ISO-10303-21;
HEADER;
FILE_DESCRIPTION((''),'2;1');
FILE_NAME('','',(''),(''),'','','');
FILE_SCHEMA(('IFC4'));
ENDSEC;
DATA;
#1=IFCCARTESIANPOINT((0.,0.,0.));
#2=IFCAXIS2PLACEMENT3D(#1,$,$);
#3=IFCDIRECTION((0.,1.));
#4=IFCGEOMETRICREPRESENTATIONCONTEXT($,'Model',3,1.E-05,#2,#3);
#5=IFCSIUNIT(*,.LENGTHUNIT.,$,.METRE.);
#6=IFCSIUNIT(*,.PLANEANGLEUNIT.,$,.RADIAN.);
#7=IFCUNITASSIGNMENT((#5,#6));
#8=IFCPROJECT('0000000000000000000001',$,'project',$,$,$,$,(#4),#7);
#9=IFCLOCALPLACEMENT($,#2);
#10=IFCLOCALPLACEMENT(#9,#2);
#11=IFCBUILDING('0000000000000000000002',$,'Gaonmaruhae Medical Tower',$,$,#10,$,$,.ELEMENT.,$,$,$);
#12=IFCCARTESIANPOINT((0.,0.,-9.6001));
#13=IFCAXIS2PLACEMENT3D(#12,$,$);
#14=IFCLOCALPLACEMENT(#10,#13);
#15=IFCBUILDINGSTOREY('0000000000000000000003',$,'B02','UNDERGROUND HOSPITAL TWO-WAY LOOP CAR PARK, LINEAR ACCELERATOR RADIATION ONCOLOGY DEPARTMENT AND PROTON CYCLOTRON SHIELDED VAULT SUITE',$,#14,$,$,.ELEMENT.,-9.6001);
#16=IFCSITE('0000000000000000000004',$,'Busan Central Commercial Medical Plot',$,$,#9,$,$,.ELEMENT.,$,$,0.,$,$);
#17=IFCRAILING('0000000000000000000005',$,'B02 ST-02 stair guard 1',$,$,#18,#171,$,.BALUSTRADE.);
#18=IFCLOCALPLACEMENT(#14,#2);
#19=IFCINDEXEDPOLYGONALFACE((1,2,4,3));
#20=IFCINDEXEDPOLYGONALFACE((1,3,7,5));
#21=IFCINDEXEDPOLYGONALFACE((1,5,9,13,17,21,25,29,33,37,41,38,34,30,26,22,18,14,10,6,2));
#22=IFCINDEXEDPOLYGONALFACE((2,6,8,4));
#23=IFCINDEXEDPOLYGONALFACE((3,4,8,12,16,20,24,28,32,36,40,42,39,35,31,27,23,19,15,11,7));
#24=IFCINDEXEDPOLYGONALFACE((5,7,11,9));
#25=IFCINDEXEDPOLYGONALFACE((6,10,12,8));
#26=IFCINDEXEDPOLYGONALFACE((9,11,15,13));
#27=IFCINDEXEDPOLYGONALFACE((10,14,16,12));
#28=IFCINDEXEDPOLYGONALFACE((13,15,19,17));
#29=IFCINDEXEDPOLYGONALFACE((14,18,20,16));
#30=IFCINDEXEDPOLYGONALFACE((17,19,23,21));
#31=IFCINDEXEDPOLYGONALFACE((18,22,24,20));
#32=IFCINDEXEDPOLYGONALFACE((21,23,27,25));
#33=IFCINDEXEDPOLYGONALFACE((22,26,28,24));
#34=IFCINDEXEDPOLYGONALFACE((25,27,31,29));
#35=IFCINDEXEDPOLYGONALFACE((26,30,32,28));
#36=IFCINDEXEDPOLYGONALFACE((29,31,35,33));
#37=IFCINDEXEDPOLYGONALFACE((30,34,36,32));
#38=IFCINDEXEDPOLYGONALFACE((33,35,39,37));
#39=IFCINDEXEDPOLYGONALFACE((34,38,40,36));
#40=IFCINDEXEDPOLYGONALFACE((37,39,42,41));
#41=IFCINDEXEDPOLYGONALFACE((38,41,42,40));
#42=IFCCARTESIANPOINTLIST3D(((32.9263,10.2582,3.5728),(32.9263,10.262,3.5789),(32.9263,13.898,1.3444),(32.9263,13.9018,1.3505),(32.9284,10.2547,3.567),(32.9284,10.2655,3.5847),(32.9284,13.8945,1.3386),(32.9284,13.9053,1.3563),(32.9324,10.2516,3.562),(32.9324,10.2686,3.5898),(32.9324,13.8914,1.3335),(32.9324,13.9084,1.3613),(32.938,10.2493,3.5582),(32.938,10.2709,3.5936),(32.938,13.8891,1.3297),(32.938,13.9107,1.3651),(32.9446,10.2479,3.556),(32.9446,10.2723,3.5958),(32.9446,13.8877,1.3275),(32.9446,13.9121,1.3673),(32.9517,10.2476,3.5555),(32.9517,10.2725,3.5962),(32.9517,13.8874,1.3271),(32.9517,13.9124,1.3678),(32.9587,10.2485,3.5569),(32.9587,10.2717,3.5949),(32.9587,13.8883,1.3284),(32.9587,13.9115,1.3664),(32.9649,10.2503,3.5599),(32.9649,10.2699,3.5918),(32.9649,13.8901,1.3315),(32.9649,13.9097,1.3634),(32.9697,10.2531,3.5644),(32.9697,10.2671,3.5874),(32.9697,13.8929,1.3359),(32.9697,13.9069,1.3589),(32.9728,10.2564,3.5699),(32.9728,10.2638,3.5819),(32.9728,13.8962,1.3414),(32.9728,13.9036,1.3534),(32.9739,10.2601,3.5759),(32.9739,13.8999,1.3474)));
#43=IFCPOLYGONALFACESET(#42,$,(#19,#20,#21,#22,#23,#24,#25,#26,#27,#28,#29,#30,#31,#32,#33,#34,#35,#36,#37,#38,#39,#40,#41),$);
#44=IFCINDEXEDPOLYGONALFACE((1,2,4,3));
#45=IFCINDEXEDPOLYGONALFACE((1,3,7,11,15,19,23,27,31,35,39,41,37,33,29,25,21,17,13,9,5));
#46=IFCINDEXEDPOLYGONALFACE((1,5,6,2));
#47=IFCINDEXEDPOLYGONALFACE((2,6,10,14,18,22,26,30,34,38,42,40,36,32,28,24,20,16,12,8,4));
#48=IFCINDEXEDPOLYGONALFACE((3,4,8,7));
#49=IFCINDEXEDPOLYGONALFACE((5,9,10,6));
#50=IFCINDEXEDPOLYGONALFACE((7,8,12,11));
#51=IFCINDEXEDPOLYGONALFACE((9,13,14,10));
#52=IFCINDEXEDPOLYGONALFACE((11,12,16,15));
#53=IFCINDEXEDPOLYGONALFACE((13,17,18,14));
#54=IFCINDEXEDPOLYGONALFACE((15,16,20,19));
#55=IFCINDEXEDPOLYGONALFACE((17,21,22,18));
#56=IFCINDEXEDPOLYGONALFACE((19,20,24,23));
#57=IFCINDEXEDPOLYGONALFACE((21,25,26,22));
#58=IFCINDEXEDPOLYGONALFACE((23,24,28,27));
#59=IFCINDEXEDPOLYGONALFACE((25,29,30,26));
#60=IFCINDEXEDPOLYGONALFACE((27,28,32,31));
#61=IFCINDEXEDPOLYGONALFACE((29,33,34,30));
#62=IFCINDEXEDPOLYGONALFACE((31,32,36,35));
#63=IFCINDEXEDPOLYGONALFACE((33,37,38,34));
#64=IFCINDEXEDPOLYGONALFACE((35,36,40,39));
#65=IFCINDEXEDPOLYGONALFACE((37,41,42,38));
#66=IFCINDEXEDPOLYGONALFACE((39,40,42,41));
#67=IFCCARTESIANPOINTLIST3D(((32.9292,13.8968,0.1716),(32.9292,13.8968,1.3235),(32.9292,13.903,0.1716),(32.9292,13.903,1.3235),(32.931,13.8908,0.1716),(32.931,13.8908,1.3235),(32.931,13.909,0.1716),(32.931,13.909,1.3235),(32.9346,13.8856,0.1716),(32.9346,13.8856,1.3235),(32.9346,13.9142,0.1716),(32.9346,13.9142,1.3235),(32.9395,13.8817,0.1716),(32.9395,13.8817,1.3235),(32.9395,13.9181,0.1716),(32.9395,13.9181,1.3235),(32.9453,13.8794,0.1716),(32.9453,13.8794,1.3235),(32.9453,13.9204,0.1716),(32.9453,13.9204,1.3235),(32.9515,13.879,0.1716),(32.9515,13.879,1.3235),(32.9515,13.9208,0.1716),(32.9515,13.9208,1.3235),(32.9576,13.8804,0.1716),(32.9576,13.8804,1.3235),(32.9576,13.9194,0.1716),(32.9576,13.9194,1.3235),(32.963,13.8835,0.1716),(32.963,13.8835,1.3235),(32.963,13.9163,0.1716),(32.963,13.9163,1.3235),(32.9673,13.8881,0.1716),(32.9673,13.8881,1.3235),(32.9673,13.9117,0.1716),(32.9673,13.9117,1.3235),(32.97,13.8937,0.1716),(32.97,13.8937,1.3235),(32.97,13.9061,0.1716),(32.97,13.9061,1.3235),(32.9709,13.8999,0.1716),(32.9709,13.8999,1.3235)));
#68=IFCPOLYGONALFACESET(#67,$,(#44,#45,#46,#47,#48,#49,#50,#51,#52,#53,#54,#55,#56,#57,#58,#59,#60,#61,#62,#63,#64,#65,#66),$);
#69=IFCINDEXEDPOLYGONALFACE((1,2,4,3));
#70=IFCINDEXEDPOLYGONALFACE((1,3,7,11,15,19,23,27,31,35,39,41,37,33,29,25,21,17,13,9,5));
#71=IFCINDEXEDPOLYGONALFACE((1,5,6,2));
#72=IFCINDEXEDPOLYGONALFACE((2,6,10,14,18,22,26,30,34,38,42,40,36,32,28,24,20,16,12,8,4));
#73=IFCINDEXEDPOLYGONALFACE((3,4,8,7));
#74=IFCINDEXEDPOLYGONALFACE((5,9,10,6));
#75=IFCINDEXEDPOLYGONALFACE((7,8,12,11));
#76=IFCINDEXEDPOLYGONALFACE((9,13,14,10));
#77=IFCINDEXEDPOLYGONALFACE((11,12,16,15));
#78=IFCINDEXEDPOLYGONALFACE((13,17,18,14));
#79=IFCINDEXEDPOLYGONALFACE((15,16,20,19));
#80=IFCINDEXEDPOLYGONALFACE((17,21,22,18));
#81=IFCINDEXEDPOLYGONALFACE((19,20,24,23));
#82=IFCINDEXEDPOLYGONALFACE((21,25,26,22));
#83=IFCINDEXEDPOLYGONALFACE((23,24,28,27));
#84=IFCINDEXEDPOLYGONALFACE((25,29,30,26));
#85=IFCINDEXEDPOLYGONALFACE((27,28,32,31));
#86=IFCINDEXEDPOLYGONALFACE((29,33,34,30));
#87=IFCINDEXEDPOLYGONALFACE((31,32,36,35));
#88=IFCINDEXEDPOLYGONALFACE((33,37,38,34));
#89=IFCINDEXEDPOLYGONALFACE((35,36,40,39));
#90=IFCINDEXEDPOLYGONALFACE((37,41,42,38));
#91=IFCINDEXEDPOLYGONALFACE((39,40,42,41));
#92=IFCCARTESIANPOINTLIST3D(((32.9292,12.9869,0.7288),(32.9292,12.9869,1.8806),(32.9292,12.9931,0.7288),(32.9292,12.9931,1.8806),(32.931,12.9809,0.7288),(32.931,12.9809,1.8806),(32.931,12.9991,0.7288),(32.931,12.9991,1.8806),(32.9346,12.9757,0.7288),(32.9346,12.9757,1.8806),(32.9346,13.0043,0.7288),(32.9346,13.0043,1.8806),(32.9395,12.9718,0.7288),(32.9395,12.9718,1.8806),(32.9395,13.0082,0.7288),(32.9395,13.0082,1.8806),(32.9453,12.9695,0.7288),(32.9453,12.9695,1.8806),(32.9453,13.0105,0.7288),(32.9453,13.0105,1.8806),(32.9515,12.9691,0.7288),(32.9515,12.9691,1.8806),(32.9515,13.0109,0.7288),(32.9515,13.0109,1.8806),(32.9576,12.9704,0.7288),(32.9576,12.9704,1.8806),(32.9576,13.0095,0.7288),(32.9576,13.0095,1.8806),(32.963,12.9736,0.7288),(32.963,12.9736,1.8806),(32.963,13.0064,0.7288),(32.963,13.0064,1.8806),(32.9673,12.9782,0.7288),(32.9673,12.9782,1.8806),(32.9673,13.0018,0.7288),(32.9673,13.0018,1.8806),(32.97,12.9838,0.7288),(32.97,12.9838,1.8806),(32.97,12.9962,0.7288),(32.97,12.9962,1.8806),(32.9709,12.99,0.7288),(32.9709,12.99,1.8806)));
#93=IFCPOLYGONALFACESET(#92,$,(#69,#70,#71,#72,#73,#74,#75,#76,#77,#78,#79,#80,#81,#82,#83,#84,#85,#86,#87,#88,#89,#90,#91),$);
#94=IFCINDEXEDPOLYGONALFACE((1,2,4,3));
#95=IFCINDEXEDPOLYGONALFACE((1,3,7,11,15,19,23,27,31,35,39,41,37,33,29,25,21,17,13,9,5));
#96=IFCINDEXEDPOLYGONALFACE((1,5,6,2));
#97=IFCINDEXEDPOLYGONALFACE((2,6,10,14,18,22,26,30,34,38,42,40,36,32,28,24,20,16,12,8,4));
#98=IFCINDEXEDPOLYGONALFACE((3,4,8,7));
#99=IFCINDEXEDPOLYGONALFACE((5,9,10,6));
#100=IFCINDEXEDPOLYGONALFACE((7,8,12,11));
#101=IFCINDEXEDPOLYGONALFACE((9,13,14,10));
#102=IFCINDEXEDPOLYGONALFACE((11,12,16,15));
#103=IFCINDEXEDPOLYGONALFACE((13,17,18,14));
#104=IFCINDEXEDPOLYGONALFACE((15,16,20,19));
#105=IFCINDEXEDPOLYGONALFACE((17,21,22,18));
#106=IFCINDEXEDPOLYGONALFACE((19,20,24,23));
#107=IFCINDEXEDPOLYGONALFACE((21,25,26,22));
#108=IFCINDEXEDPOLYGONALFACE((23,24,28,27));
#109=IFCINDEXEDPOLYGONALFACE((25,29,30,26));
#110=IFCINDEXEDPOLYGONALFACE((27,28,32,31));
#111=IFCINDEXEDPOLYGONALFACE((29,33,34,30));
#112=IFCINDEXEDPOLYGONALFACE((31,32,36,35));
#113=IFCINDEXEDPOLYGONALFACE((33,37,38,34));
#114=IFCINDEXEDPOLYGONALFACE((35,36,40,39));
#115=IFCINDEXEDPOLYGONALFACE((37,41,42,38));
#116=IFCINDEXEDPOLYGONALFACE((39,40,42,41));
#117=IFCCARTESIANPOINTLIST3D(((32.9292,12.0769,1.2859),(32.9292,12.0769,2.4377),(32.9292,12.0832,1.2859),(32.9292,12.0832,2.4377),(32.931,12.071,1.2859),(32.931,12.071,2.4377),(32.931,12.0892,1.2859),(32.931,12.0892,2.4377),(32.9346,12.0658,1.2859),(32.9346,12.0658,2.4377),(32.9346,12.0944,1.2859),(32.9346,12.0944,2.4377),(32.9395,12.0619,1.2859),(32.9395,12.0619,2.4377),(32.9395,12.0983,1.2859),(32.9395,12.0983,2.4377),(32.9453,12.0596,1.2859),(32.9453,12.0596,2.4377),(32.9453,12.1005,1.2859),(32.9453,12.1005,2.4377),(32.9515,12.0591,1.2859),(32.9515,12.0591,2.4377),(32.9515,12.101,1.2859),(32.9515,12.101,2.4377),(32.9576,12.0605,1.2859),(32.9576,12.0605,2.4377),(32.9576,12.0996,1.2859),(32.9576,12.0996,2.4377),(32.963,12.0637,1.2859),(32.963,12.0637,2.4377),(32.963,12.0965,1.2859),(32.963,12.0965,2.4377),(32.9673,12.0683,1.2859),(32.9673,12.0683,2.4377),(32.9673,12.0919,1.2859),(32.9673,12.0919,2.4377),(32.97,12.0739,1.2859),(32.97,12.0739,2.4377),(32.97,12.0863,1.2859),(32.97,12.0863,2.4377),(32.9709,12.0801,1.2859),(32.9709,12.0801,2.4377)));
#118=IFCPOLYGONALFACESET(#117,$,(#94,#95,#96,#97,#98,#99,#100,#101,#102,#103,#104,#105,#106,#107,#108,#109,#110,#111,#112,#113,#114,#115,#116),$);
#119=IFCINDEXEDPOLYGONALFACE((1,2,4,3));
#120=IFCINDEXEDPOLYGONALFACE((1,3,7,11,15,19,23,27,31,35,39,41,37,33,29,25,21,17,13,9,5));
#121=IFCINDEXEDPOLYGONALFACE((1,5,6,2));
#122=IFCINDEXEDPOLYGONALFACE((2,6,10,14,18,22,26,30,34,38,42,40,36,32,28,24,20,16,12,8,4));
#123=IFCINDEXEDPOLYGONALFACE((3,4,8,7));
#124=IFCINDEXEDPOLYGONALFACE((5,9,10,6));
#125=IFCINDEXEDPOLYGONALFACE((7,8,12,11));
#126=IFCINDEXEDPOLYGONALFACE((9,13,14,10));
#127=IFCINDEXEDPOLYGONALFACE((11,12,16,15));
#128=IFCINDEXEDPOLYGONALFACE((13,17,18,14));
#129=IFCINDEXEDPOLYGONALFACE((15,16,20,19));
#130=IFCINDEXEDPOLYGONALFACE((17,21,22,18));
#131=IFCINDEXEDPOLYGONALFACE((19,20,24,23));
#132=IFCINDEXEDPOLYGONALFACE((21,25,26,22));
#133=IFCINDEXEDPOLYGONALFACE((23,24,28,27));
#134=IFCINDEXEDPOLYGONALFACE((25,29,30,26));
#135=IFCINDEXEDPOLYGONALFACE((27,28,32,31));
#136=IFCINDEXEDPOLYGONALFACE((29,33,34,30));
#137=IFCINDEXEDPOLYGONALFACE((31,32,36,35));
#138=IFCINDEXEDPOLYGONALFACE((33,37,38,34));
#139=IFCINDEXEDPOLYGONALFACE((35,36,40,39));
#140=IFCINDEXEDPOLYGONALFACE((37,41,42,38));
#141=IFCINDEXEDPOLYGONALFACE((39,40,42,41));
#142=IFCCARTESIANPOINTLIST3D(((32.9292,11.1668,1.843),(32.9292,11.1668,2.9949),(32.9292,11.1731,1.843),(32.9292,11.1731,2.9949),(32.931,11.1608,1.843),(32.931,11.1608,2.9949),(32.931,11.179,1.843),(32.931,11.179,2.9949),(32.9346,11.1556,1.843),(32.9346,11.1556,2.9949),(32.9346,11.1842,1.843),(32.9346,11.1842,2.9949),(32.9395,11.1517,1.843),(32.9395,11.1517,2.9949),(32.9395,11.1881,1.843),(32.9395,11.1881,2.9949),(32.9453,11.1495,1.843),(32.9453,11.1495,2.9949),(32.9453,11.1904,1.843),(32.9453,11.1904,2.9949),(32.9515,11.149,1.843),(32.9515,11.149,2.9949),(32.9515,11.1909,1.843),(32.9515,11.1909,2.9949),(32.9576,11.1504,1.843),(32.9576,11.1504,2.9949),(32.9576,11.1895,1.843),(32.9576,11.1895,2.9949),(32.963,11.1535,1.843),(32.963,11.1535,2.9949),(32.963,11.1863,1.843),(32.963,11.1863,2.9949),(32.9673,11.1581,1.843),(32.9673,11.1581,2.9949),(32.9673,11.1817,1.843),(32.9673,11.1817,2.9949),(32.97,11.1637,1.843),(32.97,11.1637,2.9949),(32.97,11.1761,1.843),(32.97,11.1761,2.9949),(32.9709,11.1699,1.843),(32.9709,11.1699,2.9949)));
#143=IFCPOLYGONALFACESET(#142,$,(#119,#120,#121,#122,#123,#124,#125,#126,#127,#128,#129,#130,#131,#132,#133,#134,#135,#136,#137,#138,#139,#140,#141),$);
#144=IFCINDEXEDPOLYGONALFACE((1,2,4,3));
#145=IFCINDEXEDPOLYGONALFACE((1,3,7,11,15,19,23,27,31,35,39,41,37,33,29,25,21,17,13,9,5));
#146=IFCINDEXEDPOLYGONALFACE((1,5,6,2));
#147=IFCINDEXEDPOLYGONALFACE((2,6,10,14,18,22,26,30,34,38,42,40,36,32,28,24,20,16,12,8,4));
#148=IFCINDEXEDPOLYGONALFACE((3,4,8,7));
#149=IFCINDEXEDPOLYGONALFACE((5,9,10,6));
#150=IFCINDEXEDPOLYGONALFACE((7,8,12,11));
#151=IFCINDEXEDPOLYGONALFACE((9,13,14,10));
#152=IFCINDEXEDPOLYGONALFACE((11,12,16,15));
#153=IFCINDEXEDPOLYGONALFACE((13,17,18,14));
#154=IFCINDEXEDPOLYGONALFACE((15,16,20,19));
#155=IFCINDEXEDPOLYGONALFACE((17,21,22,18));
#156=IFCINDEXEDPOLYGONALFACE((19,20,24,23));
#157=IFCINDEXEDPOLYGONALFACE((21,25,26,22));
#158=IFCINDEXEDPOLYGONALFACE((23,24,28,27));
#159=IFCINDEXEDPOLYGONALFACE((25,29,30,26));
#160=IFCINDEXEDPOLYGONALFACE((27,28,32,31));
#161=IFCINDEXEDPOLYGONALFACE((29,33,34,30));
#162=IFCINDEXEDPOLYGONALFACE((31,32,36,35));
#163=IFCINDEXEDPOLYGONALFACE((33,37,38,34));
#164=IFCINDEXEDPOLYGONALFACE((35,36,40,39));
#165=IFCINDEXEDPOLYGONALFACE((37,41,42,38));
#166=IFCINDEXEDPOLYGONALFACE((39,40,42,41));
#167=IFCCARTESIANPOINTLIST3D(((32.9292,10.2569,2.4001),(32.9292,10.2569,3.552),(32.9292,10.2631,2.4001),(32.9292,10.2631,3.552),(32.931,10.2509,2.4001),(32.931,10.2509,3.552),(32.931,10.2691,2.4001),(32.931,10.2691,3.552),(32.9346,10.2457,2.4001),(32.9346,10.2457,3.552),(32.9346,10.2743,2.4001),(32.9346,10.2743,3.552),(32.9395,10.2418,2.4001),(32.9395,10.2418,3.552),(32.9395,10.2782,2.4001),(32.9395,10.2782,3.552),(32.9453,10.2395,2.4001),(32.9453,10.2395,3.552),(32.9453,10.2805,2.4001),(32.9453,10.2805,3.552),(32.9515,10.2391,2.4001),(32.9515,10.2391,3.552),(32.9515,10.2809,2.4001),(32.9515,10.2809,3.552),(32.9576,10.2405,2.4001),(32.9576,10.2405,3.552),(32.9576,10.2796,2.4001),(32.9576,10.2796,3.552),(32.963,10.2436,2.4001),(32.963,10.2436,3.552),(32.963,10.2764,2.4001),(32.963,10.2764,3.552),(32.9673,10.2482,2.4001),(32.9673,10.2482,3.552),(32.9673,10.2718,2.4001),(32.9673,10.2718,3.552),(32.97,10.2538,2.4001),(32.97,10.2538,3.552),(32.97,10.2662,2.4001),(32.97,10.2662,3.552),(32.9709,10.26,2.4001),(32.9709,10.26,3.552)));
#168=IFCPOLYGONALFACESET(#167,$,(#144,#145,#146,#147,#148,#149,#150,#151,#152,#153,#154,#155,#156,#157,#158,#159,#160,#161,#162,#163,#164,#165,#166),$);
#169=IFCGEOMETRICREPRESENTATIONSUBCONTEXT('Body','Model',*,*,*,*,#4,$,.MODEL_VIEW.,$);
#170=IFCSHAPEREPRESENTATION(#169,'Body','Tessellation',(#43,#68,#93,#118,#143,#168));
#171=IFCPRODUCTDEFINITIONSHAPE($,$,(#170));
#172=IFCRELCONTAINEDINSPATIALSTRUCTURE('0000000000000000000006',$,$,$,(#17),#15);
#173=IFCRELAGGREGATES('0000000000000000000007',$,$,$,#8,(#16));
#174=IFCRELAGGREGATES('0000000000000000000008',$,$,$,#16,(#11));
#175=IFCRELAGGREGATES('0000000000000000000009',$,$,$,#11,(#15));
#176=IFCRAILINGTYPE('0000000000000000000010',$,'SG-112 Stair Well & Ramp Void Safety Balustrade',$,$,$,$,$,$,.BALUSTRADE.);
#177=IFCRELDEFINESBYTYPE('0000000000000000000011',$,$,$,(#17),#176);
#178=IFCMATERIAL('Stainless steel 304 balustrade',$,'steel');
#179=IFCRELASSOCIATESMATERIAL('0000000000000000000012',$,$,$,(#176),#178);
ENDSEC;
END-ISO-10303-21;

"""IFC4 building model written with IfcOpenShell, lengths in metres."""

from ifc_helpers import new_model, si_unit, direction, frame, origin, origin_2d, place, context, subcontext, project, spatial, circle, extrude, material, type_object, element, save


model = new_model("IFC4")

# Units and contexts
model_context = context("Model", 3, precision=1e-05, world=origin(), true_north=direction((0.0, 1.0)))
body_context = subcontext(model_context, "Body", "Model", "MODEL_VIEW")
ifc_project = project(units=[si_unit("LENGTHUNIT", "METRE"), si_unit("PLANEANGLEUNIT", "RADIAN")], contexts=[model_context])

# Site, building, storey
site_placement = place(None, origin())
site = spatial("IfcSite", under=ifc_project, at=site_placement, Name="Busan Central Commercial Medical Plot", CompositionType="ELEMENT", RefElevation=0.0)
building_placement = place(site_placement, origin())
building = spatial("IfcBuilding", under=site, at=building_placement, Name="Gaonmaruhae Medical Tower", CompositionType="ELEMENT")
storey_placement = place(building_placement, frame((0.0, 0.0, -9.6001)))
storey = spatial("IfcBuildingStorey", under=building, at=storey_placement, Name="B02", Description="UNDERGROUND HOSPITAL TWO-WAY LOOP CAR PARK, LINEAR ACCELERATOR RADIATION ONCOLOGY DEPARTMENT AND PROTON CYCLOTRON SHIELDED VAULT SUITE", CompositionType="ELEMENT", Elevation=-9.6001)

# Railing
ifc_material_1 = material(Name="Stainless steel 304 balustrade", Category="steel")
railing_type_1 = type_object("IfcRailingType", Name="SG-112 Stair Well & Ramp Void Safety Balustrade", PredefinedType="BALUSTRADE", material=ifc_material_1)
railing_1_placement = place(storey_placement, frame((32.95, 13.8999, 0.1716)))
element("IfcRailing", 1, at=railing_1_placement, inside=storey, type_object=railing_type_1, Name="B02 ST-02 stair guard 1", PredefinedType="BALUSTRADE", context=body_context, shape_type="SweptSolid", body=[
    extrude(circle(Radius=0.0239, at=origin_2d()), frame((0.0, 0.0, 1.1758), z_axis=(0.0, -0.85285, 0.522156), x_axis=(1.0, 0.0, 0.0)), (0.0, 0.0, 1.0), 4.2678),
    extrude(circle(Radius=0.021, at=origin_2d()), origin(), (0.0, 0.0, 1.0), 1.1519),
    extrude(circle(Radius=0.021, at=origin_2d()), frame((0.0, -0.9099, 0.5571)), (0.0, 0.0, 1.0), 1.1519),
    extrude(circle(Radius=0.021, at=origin_2d()), frame((0.0, -1.8198, 1.1143)), (0.0, 0.0, 1.0), 1.1519),
    extrude(circle(Radius=0.021, at=origin_2d()), frame((0.0, -2.73, 1.6714)), (0.0, 0.0, 1.0), 1.1519),
    extrude(circle(Radius=0.021, at=origin_2d()), frame((0.0, -3.6399, 2.2285)), (0.0, 0.0, 1.0), 1.1519),
])

save(model, "model.ifc")
